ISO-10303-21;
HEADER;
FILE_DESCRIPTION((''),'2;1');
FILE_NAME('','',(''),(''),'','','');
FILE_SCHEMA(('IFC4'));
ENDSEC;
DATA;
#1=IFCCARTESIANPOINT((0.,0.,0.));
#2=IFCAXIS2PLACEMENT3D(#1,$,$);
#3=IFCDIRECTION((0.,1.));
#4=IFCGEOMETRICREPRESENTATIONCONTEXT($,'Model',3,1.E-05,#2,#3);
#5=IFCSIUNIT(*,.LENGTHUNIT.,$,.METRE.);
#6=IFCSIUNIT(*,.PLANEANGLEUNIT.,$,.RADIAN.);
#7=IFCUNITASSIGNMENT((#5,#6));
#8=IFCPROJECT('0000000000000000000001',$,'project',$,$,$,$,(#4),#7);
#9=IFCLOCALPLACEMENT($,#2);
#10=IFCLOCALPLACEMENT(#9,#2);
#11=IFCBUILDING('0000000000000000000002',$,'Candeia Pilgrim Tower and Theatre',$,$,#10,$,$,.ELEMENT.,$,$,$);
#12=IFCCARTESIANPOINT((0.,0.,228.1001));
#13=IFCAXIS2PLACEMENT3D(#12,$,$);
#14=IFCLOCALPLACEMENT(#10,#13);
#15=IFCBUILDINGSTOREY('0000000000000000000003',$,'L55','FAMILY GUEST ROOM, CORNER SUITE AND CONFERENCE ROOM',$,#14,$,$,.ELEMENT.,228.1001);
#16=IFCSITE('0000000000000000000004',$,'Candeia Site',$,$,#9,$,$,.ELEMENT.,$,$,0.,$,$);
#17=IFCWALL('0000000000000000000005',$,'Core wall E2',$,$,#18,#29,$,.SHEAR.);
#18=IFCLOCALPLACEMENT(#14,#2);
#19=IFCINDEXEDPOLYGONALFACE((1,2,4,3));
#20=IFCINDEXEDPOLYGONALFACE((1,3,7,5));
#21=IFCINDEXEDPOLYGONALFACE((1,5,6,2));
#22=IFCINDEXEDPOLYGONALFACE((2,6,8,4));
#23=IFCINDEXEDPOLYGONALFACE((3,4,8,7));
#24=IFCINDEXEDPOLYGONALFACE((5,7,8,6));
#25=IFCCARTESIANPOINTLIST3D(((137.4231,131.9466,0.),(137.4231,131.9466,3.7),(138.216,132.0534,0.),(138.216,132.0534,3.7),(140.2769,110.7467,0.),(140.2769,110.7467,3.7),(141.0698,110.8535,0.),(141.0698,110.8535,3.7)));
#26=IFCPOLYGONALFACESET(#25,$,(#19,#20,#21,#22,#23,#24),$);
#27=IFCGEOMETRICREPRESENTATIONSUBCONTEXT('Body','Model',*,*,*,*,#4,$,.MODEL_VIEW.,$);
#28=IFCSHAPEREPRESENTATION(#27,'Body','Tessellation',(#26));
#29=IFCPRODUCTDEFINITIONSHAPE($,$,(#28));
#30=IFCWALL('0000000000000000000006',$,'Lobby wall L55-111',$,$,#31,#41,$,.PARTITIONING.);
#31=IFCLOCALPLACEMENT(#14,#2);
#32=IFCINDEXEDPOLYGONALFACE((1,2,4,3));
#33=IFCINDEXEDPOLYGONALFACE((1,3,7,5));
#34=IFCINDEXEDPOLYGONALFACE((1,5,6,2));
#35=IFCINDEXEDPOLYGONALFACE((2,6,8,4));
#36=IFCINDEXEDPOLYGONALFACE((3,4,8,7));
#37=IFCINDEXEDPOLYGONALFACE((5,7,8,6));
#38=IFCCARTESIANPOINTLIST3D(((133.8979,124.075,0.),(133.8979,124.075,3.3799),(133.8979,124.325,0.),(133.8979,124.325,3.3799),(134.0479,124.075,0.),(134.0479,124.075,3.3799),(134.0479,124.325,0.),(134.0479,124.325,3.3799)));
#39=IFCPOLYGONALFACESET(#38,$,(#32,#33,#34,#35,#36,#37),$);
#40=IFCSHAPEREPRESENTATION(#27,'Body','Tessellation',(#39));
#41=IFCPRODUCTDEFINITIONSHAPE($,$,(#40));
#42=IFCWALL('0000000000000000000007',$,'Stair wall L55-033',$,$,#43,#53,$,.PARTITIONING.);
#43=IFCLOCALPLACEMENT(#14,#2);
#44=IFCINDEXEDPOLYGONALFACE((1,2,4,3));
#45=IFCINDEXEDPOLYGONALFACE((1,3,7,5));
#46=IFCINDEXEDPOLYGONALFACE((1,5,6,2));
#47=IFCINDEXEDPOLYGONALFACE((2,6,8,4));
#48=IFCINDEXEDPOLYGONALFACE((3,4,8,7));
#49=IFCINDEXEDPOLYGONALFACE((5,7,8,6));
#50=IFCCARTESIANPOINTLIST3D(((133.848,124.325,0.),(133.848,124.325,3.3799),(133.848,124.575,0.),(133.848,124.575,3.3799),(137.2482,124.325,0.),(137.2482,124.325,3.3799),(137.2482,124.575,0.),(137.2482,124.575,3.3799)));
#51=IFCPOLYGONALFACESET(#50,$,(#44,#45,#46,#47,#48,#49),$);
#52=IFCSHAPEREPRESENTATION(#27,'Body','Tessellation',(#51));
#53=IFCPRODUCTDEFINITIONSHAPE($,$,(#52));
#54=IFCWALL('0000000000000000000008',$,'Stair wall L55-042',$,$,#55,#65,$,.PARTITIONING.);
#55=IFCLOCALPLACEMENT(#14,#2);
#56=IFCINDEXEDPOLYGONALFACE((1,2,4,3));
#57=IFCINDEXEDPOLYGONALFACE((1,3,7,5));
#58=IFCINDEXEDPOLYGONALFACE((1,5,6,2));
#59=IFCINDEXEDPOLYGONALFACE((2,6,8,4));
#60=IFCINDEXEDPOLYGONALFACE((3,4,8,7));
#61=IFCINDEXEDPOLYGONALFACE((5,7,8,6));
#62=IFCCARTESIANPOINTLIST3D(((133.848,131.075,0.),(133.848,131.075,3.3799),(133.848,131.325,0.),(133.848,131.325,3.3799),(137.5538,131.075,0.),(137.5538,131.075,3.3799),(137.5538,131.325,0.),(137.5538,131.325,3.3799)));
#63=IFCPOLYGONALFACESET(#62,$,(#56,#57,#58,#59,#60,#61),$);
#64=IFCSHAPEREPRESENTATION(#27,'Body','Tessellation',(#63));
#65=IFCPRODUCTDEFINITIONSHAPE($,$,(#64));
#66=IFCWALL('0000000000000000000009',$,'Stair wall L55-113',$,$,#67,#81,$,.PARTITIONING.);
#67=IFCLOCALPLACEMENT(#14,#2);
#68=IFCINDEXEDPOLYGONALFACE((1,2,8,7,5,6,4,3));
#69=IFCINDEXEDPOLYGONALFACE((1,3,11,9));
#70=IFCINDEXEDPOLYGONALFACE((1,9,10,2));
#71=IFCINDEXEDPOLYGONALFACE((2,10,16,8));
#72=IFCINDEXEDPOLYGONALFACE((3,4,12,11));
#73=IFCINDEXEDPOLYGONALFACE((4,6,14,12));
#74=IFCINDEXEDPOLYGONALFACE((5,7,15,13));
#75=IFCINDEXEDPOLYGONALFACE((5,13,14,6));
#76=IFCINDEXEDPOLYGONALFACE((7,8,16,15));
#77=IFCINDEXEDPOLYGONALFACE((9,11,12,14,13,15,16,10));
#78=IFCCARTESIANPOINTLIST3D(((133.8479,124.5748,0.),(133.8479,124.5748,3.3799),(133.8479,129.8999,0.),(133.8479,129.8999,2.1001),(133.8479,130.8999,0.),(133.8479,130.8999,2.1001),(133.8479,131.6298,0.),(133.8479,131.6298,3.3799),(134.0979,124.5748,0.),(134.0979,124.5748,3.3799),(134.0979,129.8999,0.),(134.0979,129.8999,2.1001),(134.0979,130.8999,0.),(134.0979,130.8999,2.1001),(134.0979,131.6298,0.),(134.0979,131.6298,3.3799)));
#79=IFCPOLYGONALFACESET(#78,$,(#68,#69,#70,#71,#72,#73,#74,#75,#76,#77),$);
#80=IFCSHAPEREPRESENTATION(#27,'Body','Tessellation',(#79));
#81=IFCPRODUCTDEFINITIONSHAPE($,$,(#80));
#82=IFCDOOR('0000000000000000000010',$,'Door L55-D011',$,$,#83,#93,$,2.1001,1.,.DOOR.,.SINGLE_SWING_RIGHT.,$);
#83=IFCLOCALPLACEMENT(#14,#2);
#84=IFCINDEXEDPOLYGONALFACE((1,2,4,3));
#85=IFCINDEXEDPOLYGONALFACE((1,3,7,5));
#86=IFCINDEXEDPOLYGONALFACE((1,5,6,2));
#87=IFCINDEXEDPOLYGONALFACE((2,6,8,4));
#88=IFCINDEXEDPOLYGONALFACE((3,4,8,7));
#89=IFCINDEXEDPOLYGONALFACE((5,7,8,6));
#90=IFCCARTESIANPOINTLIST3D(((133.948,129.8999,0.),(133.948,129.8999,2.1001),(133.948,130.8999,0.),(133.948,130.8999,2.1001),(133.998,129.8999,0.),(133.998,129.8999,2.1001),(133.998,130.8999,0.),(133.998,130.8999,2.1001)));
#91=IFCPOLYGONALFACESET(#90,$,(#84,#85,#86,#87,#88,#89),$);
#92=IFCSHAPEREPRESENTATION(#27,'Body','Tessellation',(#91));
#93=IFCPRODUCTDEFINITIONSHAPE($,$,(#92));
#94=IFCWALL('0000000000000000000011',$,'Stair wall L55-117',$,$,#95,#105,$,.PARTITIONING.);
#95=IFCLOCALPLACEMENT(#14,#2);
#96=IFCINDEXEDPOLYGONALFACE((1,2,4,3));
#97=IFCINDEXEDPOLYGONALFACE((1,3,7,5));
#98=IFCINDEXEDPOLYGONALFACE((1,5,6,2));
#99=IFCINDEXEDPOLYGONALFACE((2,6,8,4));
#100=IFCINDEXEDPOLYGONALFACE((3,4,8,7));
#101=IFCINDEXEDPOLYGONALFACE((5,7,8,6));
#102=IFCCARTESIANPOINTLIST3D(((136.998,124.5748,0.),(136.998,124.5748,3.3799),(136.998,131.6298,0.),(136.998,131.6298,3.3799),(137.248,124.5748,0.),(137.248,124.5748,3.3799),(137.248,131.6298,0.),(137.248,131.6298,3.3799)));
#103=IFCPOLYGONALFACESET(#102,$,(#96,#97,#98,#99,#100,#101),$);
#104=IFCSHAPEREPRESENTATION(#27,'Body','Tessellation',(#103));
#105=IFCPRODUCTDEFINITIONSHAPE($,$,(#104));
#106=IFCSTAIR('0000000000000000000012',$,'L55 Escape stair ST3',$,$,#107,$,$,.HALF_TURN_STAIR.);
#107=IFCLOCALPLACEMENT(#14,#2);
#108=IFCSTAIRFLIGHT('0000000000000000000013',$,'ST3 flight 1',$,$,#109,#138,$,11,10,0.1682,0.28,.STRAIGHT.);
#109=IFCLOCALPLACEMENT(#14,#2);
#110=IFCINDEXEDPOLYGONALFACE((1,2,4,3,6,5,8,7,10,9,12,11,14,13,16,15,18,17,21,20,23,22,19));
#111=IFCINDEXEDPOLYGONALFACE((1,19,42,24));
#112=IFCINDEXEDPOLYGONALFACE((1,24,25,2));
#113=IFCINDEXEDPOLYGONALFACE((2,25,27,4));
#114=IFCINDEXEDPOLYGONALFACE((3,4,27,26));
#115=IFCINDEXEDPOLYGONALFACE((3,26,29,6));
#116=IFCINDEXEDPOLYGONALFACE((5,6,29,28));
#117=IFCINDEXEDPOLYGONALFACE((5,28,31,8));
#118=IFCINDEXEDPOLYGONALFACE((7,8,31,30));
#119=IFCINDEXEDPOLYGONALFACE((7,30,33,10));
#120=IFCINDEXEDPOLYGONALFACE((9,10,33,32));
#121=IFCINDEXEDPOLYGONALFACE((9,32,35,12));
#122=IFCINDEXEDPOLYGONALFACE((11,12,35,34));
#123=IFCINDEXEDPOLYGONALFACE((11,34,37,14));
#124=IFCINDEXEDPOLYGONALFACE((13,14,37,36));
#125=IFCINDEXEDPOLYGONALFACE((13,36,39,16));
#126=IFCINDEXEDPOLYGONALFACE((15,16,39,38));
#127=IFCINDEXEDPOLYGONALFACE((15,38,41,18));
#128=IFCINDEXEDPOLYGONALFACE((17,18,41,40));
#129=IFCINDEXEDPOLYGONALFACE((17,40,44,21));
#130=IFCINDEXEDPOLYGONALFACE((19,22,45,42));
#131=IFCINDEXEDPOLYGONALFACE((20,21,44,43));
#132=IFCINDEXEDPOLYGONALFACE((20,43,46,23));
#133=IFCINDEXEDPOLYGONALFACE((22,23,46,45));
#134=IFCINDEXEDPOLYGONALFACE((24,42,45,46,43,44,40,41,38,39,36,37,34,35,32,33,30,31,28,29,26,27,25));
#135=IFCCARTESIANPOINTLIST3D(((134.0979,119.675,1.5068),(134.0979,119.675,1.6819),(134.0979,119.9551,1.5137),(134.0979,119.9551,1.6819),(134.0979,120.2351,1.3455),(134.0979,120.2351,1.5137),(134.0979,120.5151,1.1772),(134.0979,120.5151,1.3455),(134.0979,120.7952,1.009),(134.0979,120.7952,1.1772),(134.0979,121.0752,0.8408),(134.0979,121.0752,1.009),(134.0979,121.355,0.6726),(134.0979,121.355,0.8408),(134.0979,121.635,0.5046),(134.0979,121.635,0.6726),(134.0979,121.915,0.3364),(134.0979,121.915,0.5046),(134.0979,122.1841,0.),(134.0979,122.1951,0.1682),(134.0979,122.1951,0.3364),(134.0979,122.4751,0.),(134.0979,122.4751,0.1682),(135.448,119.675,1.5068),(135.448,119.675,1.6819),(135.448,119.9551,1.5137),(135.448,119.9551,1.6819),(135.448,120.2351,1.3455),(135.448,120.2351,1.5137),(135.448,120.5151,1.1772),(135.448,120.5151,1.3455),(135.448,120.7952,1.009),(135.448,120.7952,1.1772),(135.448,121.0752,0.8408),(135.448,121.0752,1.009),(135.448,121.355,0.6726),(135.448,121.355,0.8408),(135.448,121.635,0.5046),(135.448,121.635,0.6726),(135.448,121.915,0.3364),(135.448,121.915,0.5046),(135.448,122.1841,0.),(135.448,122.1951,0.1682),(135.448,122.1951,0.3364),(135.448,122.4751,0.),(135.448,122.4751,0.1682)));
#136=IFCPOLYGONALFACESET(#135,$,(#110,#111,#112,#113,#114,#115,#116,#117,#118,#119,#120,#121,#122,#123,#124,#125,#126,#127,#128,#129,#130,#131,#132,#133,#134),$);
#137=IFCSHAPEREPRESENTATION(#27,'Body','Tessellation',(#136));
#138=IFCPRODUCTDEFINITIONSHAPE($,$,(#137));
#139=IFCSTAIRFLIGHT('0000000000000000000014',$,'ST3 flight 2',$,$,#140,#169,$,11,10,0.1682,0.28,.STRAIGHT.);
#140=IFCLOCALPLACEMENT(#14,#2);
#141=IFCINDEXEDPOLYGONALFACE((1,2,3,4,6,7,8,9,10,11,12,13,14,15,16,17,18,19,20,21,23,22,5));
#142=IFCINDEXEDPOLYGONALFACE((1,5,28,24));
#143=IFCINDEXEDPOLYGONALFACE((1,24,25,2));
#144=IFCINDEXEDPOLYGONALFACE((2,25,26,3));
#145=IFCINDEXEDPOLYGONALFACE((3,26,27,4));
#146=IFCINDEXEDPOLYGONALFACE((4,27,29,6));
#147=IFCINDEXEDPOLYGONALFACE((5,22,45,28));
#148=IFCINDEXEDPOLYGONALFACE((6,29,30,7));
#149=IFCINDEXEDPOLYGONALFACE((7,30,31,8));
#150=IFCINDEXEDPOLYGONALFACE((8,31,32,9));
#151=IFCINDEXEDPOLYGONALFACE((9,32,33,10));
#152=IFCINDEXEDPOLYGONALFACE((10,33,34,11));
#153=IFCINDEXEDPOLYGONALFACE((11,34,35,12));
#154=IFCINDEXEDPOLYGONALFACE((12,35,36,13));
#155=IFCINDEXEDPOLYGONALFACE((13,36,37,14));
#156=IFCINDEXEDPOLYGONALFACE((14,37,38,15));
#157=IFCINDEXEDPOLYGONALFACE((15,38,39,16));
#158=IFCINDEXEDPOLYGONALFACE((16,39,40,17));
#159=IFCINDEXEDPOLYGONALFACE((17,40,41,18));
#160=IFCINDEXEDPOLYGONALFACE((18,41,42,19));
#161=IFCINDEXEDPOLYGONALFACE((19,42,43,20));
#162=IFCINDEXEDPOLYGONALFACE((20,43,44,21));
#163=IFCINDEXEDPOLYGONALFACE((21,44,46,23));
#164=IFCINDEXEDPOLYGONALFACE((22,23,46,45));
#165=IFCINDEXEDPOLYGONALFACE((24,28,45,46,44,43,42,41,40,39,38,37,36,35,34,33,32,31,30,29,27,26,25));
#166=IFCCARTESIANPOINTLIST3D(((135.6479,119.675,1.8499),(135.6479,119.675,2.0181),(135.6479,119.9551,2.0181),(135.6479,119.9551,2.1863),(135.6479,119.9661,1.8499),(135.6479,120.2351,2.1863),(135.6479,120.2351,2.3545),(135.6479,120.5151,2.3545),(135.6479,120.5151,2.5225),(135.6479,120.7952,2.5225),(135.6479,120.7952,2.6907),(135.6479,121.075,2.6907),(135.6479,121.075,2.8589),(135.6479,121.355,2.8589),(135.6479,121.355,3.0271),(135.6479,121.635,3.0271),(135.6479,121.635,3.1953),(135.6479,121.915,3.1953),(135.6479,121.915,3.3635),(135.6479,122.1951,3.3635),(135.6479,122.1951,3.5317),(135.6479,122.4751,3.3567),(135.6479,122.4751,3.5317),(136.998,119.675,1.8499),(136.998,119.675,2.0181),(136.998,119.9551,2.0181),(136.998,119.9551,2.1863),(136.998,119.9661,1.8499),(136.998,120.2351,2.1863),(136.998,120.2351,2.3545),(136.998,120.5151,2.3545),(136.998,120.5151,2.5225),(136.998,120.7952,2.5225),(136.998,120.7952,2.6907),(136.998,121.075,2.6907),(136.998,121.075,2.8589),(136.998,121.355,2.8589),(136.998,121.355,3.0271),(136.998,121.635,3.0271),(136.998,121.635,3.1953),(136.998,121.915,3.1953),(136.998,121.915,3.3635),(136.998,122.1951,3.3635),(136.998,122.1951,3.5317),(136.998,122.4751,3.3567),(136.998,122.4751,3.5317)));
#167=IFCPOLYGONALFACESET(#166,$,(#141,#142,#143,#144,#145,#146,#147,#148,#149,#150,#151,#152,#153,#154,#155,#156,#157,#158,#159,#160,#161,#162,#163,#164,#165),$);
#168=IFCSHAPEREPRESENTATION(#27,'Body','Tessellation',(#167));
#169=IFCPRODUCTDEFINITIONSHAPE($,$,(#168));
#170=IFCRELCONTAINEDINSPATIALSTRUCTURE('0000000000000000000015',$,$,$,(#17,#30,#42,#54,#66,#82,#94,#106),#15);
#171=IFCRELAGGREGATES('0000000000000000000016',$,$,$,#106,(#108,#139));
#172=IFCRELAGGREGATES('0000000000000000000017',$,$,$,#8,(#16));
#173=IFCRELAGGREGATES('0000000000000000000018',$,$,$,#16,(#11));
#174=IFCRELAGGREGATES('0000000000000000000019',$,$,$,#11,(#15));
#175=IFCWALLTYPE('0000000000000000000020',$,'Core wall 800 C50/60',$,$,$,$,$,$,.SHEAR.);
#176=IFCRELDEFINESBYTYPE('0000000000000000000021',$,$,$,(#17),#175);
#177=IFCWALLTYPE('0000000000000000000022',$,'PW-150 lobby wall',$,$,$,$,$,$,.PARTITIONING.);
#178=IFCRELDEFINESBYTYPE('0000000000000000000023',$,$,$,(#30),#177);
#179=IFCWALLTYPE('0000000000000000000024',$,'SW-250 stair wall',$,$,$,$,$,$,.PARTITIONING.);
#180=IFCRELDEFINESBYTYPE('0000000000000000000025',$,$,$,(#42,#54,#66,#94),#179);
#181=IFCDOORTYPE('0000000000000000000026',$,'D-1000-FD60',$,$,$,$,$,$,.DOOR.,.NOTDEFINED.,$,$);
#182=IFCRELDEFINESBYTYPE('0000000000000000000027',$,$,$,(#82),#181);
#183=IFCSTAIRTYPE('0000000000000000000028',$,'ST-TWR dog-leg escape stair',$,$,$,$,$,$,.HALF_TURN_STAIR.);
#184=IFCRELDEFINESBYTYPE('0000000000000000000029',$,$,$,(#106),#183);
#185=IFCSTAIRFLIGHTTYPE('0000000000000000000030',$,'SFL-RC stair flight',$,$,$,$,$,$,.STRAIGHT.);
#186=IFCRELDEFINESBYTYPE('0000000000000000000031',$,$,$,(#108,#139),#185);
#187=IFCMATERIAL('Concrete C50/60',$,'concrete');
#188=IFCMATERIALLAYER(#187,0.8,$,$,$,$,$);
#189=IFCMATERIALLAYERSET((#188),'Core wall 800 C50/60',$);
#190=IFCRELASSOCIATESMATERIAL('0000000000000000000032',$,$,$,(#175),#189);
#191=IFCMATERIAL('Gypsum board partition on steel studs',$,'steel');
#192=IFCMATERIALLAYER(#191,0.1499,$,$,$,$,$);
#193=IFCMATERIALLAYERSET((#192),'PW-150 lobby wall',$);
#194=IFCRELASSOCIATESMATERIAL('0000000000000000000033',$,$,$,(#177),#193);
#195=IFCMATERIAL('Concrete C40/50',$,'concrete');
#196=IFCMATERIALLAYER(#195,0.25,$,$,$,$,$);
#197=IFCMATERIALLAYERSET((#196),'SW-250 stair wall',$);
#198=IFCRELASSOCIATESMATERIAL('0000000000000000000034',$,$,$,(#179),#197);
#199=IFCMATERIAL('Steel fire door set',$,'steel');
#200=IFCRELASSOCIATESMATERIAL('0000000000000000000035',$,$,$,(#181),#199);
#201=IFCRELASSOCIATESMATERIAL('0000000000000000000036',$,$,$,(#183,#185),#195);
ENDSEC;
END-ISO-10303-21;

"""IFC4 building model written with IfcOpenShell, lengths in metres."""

from ifc_helpers import new_model, si_unit, direction, frame, frame_2d, origin, place, context, subcontext, project, spatial, polyline, rectangle, outline, extrude, material, layer, layer_set, type_object, element, fill, aggregate, save


model = new_model("IFC4")

# Units and contexts
model_context = context("Model", 3, precision=1e-05, world=origin(), true_north=direction((0.0, 1.0)))
body_context = subcontext(model_context, "Body", "Model", "MODEL_VIEW")
ifc_project = project(units=[si_unit("LENGTHUNIT", "METRE"), si_unit("PLANEANGLEUNIT", "RADIAN")], contexts=[model_context])

# Site, building, storey
site_placement = place(None, origin())
site = spatial("IfcSite", under=ifc_project, at=site_placement, Name="Candeia Site", CompositionType="ELEMENT", RefElevation=0.0)
building_placement = place(site_placement, origin())
building = spatial("IfcBuilding", under=site, at=building_placement, Name="Candeia Pilgrim Tower and Theatre", CompositionType="ELEMENT")
storey_placement = place(building_placement, frame((0.0, 0.0, 228.1001)))
storey = spatial("IfcBuildingStorey", under=building, at=storey_placement, Name="L55", Description="FAMILY GUEST ROOM, CORNER SUITE AND CONFERENCE ROOM", CompositionType="ELEMENT", Elevation=228.1001)

# Walls
ifc_material_1 = material(Name="Concrete C50/60", Category="concrete")
ifc_layer_1 = layer(ifc_material_1, 0.8)
ifc_layer_set_1 = layer_set([ifc_layer_1], Name="Core wall 800 C50/60")
wall_type_1 = type_object("IfcWallType", Name="Core wall 800 C50/60", PredefinedType="SHEAR", material=ifc_layer_set_1)
wall_1_placement = place(storey_placement, frame((137.8196, 132.0, 0.0), z_axis=(0.0, 0.0, 1.0), x_axis=(0.133408, -0.991061, 0.0)))
element("IfcWall", 1, at=wall_1_placement, inside=storey, type_object=wall_type_1, Name="Core wall E2", PredefinedType="SHEAR", context=body_context, shape_type="SweptSolid", body=[
    extrude(rectangle(XDim=21.3911, YDim=0.8, at=frame_2d((10.6956, 0.0))), origin(), (0.0, 0.0, 1.0), 3.7),
])
ifc_material_2 = material(Name="Gypsum board partition on steel studs", Category="steel")
ifc_layer_2 = layer(ifc_material_2, 0.1499)
ifc_layer_set_2 = layer_set([ifc_layer_2], Name="PW-150 lobby wall")
wall_type_2 = type_object("IfcWallType", Name="PW-150 lobby wall", PredefinedType="PARTITIONING", material=ifc_layer_set_2)
wall_2_placement = place(storey_placement, frame((133.9729, 124.075, 0.0), z_axis=(0.0, 0.0, 1.0), x_axis=(0.0, 1.0, 0.0)))
element("IfcWall", 2, at=wall_2_placement, inside=storey, type_object=wall_type_2, Name="Lobby wall L55-111", PredefinedType="PARTITIONING", context=body_context, shape_type="SweptSolid", body=[
    extrude(rectangle(XDim=0.25, YDim=0.1499, at=frame_2d((0.125, 0.0))), origin(), (0.0, 0.0, 1.0), 3.3799),
])
ifc_material_3 = material(Name="Concrete C40/50", Category="concrete")
ifc_layer_3 = layer(ifc_material_3, 0.25)
ifc_layer_set_3 = layer_set([ifc_layer_3], Name="SW-250 stair wall")
wall_type_3 = type_object("IfcWallType", Name="SW-250 stair wall", PredefinedType="PARTITIONING", material=ifc_layer_set_3)
wall_3_placement = place(storey_placement, frame((133.8479, 124.45, 0.0), z_axis=(0.0, 0.0, 1.0), x_axis=(1.0, 0.0, 0.0)))
element("IfcWall", 3, at=wall_3_placement, inside=storey, type_object=wall_type_3, Name="Stair wall L55-033", PredefinedType="PARTITIONING", context=body_context, shape_type="SweptSolid", body=[
    extrude(rectangle(XDim=3.4001, YDim=0.25, at=frame_2d((1.7002, 0.0))), origin(), (0.0, 0.0, 1.0), 3.3799),
])
wall_4_placement = place(storey_placement, frame((133.8479, 131.2, 0.0), z_axis=(0.0, 0.0, 1.0), x_axis=(1.0, 0.0, 0.0)))
element("IfcWall", 4, at=wall_4_placement, inside=storey, type_object=wall_type_3, Name="Stair wall L55-042", PredefinedType="PARTITIONING", context=body_context, shape_type="SweptSolid", body=[
    extrude(rectangle(XDim=3.7058, YDim=0.25, at=frame_2d((1.853, 0.0))), origin(), (0.0, 0.0, 1.0), 3.3799),
])

# Wall, opening, door
wall_5_placement = place(storey_placement, frame((133.9729, 124.575, 0.0), z_axis=(0.0, 0.0, 1.0), x_axis=(0.0, 1.0, 0.0)))
wall_5 = element("IfcWall", 5, at=wall_5_placement, inside=storey, type_object=wall_type_3, Name="Stair wall L55-113", PredefinedType="PARTITIONING", context=body_context, shape_type="SweptSolid", body=[
    extrude(rectangle(XDim=7.0549, YDim=0.25, at=frame_2d((3.5273, 0.0))), origin(), (0.0, 0.0, 1.0), 3.3799),
])
opening_placement = place(wall_5_placement, frame((5.325, 0.0, 0.0)))
opening = element("IfcOpeningElement", 6, at=opening_placement, cuts=wall_5, PredefinedType="OPENING", context=body_context, shape_type="SweptSolid", body=[
    extrude(rectangle(XDim=1.0, YDim=2.1001, at=frame_2d((0.5, 1.05))), frame((0.0, 0.135, 0.0), z_axis=(0.0, -1.0, 0.0), x_axis=(1.0, 0.0, 0.0)), (0.0, 0.0, 1.0), 0.27),
])
ifc_material_4 = material(Name="Steel fire door set", Category="steel")
door_type = type_object("IfcDoorType", Name="D-1000-FD60", OperationType="NOTDEFINED", PredefinedType="DOOR", material=ifc_material_4)
door_placement = place(opening_placement, origin())
door = element("IfcDoor", 7, at=door_placement, inside=storey, type_object=door_type, Name="Door L55-D011", OperationType="SINGLE_SWING_RIGHT", OverallHeight=2.1001, OverallWidth=1.0, PredefinedType="DOOR", context=body_context, shape_type="SweptSolid", body=[
    extrude(rectangle(XDim=1.0, YDim=2.1001, at=frame_2d((0.5, 1.05))), frame((0.0, 0.0249, 0.0), z_axis=(0.0, -1.0, 0.0), x_axis=(1.0, 0.0, 0.0)), (0.0, 0.0, 1.0), 0.05),
])
fill(opening, door)

# Wall
wall_6_placement = place(storey_placement, frame((137.123, 124.575, 0.0), z_axis=(0.0, 0.0, 1.0), x_axis=(0.0, 1.0, 0.0)))
element("IfcWall", 8, at=wall_6_placement, inside=storey, type_object=wall_type_3, Name="Stair wall L55-117", PredefinedType="PARTITIONING", context=body_context, shape_type="SweptSolid", body=[
    extrude(rectangle(XDim=7.0549, YDim=0.25, at=frame_2d((3.5273, 0.0))), origin(), (0.0, 0.0, 1.0), 3.3799),
])

# Stair, stair flights
stair_type = type_object("IfcStairType", Name="ST-TWR dog-leg escape stair", PredefinedType="HALF_TURN_STAIR", material=ifc_material_3)
stair_1_placement = place(storey_placement, origin())
stair_1 = element("IfcStair", 9, at=stair_1_placement, inside=storey, type_object=stair_type, Name="L55 Escape stair ST3", PredefinedType="HALF_TURN_STAIR")
stair_flight_type = type_object("IfcStairFlightType", Name="SFL-RC stair flight", PredefinedType="STRAIGHT", material=ifc_material_3)
stair_flight_1_placement = place(storey_placement, frame((134.7729, 122.4751, 0.0), z_axis=(0.0, 0.0, 1.0), x_axis=(0.0, -1.0, 0.0)))
stair_flight_1 = element("IfcStairFlight", 10, at=stair_flight_1_placement, type_object=stair_flight_type, Name="ST3 flight 1", NumberOfRisers=11, NumberOfTreads=10, PredefinedType="STRAIGHT", RiserHeight=0.1682, TreadLength=0.28, context=body_context, shape_type="SweptSolid", body=[
    extrude(outline(polyline([(0.0, 0.0), (0.0, 0.1682), (0.28, 0.1682), (0.28, 0.3364), (0.5601, 0.3364), (0.5601, 0.5046), (0.8401, 0.5046), (0.8401, 0.6726), (1.1201, 0.6726), (1.1201, 0.8408), (1.3999, 0.8408), (1.3999, 1.009), (1.6799, 1.009), (1.6799, 1.1772), (1.96, 1.1772), (1.96, 1.3455), (2.24, 1.3455), (2.24, 1.5137), (2.52, 1.5137), (2.52, 1.6819), (2.8, 1.6819), (2.8, 1.8501), (2.8, 1.5068), (0.291, 0.0), (0.0, 0.0)])), frame((0.0, 0.675, 0.0), z_axis=(0.0, -1.0, 0.0), x_axis=(1.0, 0.0, 0.0)), (0.0, 0.0, 1.0), 1.3501),
])
stair_flight_2_placement = place(storey_placement, frame((136.323, 119.675, 1.8499), z_axis=(0.0, 0.0, 1.0), x_axis=(0.0, 1.0, 0.0)))
stair_flight_2 = element("IfcStairFlight", 11, at=stair_flight_2_placement, type_object=stair_flight_type, Name="ST3 flight 2", NumberOfRisers=11, NumberOfTreads=10, PredefinedType="STRAIGHT", RiserHeight=0.1682, TreadLength=0.28, context=body_context, shape_type="SweptSolid", body=[
    extrude(outline(polyline([(0.0, 0.0), (0.0, 0.1682), (0.28, 0.1682), (0.28, 0.3364), (0.5601, 0.3364), (0.5601, 0.5046), (0.8401, 0.5046), (0.8401, 0.6726), (1.1201, 0.6726), (1.1201, 0.8408), (1.3999, 0.8408), (1.3999, 1.009), (1.6799, 1.009), (1.6799, 1.1772), (1.96, 1.1772), (1.96, 1.3455), (2.24, 1.3455), (2.24, 1.5137), (2.52, 1.5137), (2.52, 1.6819), (2.8, 1.6819), (2.8, 1.8501), (2.8, 1.5068), (0.291, 0.0), (0.0, 0.0)])), frame((0.0, 0.675, 0.0), z_axis=(0.0, -1.0, 0.0), x_axis=(1.0, 0.0, 0.0)), (0.0, 0.0, 1.0), 1.3501),
])
aggregate(stair_1, [stair_flight_1, stair_flight_2])

save(model, "model.ifc")
